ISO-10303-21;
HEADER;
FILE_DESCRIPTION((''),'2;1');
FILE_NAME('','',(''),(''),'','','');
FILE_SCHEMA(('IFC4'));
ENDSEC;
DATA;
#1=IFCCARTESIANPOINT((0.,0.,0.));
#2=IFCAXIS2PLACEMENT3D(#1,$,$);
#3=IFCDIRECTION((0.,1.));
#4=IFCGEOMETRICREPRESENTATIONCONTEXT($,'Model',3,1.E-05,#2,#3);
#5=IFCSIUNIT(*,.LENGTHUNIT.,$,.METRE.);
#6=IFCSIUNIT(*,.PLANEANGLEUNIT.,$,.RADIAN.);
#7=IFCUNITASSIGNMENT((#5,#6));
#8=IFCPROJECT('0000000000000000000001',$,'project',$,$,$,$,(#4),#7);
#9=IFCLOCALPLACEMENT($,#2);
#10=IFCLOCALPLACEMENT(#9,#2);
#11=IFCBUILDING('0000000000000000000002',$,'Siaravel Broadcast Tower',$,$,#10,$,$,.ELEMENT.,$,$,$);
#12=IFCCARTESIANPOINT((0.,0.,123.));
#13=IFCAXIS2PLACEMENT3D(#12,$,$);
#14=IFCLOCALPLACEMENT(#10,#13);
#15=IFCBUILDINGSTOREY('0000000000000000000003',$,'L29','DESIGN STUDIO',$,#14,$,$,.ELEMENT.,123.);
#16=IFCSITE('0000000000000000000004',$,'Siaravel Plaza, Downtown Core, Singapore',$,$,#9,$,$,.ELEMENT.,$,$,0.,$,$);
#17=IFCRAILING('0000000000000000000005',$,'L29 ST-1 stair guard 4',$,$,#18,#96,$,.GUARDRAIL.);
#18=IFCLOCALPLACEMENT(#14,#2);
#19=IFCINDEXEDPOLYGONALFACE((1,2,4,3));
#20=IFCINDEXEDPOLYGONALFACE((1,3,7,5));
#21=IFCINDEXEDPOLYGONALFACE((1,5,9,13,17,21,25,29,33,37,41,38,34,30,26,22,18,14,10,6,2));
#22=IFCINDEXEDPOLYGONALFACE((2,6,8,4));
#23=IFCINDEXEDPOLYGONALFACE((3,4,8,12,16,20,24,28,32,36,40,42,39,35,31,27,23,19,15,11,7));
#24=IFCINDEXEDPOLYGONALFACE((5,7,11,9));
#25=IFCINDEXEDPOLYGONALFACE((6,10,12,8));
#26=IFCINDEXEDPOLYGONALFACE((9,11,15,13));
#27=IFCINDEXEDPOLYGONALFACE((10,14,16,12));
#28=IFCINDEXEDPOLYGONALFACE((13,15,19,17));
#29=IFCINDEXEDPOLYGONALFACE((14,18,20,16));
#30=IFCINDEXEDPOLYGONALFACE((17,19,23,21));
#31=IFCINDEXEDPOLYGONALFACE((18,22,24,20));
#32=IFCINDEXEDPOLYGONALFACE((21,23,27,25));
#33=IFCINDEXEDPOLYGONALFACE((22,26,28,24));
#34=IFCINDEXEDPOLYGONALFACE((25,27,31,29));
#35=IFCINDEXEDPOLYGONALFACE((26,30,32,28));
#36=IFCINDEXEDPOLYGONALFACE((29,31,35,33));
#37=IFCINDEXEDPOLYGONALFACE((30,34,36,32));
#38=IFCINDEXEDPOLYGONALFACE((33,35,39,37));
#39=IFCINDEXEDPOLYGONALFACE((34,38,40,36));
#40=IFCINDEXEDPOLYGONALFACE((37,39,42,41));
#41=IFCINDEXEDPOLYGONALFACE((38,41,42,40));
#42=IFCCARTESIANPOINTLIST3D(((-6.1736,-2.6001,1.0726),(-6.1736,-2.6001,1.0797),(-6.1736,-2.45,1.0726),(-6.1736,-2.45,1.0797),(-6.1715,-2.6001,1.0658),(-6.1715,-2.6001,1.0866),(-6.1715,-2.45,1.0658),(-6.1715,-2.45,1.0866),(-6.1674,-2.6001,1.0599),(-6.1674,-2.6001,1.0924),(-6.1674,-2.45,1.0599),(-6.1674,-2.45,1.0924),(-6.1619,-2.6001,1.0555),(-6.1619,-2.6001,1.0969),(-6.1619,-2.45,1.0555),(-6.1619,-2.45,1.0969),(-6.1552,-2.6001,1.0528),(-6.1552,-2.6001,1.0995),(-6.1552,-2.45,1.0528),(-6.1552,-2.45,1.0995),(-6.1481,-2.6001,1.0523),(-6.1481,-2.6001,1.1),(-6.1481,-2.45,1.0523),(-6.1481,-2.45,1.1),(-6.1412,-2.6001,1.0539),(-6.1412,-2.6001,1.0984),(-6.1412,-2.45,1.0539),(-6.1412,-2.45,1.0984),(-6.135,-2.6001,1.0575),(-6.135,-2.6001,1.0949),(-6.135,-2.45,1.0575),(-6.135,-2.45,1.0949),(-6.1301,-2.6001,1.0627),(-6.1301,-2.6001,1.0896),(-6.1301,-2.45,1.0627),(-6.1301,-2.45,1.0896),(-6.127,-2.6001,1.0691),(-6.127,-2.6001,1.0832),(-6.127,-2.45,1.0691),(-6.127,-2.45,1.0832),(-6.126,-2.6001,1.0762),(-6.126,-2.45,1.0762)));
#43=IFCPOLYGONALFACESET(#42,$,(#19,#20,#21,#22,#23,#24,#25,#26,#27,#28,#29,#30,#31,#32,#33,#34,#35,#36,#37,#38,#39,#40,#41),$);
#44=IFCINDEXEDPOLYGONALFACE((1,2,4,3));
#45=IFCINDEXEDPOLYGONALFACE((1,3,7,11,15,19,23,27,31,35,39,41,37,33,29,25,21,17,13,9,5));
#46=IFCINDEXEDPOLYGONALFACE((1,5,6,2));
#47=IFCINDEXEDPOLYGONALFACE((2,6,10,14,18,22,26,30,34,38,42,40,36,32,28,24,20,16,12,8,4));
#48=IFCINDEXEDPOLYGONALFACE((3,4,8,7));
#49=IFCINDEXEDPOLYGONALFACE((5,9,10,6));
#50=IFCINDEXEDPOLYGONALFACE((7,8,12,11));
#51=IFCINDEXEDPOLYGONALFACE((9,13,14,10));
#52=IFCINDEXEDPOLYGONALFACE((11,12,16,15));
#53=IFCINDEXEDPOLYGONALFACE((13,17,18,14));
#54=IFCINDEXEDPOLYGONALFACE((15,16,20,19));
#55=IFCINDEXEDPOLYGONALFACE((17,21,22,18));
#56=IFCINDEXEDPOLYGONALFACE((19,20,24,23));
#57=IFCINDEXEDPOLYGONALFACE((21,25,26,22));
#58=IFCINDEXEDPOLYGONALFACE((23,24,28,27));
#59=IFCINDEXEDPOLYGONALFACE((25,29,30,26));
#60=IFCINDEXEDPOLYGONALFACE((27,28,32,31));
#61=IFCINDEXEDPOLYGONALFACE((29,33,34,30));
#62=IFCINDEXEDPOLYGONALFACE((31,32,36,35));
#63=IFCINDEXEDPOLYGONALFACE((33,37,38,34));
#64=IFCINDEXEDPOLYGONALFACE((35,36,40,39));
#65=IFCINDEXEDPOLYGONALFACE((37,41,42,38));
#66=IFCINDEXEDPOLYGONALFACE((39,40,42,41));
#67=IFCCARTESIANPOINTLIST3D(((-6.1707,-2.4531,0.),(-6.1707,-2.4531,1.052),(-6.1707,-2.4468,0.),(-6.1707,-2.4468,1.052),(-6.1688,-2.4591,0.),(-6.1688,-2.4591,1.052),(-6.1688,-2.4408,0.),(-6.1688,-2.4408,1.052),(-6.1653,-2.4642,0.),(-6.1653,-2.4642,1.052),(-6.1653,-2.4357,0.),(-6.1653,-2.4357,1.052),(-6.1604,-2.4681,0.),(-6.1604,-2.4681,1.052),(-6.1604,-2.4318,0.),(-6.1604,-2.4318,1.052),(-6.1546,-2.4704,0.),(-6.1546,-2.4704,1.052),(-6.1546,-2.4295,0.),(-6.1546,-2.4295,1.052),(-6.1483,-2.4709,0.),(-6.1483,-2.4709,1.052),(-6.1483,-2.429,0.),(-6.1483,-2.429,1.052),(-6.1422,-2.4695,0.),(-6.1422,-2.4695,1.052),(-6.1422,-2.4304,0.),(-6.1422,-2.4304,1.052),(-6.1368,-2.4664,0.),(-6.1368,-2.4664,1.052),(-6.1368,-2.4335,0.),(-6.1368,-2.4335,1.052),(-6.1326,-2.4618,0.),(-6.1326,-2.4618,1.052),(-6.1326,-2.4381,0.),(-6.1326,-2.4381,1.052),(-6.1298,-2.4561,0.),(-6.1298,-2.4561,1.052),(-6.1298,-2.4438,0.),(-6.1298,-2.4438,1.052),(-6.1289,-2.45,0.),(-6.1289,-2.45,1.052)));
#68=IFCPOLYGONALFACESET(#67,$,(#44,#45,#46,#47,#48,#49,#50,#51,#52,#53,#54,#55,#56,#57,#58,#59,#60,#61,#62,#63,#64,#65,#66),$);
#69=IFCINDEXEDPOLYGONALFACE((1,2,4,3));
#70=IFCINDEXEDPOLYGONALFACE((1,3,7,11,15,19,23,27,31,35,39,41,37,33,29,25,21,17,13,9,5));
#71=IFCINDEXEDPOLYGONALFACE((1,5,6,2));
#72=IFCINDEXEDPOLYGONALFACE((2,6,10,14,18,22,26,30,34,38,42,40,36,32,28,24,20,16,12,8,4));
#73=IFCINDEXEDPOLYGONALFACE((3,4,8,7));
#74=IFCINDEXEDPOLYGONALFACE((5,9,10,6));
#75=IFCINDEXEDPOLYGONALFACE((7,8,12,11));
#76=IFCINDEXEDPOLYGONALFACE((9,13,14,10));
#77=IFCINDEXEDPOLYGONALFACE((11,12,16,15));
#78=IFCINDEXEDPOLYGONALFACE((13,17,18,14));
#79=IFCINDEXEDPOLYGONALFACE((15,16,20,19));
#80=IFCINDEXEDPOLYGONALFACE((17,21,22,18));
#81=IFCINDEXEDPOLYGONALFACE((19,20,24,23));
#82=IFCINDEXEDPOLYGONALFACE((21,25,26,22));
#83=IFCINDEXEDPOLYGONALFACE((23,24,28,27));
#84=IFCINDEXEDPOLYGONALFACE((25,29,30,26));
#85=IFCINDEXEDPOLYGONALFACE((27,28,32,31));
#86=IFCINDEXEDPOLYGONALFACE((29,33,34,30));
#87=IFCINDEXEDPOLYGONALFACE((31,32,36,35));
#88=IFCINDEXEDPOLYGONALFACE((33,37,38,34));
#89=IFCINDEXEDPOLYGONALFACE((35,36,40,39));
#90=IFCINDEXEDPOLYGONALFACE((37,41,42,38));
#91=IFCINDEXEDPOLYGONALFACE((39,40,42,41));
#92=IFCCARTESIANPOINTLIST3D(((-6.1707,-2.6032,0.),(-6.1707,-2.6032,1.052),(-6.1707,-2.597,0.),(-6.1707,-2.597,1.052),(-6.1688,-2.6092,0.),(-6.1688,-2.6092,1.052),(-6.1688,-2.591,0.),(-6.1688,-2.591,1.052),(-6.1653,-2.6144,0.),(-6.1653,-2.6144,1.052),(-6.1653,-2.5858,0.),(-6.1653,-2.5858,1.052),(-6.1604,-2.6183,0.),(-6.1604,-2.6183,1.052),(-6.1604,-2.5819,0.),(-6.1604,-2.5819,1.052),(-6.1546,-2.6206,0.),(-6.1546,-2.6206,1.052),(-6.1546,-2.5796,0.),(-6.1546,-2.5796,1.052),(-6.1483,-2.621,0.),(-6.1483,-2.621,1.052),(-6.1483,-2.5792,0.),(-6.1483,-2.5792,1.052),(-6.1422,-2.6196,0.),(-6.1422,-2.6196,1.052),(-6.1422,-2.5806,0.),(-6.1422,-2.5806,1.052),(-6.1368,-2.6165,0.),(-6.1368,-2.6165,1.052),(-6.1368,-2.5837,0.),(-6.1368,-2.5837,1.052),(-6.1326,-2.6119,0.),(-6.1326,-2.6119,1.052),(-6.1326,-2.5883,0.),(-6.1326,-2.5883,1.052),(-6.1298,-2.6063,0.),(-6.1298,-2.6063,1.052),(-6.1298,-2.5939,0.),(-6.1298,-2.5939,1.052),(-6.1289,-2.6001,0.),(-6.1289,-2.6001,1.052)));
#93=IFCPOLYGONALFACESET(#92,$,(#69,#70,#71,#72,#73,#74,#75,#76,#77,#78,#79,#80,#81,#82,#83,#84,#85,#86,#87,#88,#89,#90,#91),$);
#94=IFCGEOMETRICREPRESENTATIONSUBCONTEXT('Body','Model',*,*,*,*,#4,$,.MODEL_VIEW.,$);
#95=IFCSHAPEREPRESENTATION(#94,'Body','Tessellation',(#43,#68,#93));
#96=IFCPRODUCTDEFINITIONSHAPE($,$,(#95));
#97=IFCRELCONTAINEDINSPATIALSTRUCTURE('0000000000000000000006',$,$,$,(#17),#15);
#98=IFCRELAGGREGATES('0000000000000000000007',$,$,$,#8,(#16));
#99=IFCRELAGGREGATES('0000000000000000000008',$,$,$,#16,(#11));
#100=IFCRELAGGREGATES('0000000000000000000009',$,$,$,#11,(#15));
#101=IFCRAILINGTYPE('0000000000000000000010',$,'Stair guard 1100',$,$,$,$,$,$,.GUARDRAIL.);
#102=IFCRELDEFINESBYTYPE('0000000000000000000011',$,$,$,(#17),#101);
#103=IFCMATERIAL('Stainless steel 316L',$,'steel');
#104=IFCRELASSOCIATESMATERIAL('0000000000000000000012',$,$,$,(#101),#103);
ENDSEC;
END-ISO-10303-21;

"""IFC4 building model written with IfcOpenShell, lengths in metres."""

from ifc_helpers import new_model, si_unit, direction, frame, origin, origin_2d, place, context, subcontext, project, spatial, circle, extrude, material, type_object, element, save


model = new_model("IFC4")

# Units and contexts
model_context = context("Model", 3, precision=1e-05, world=origin(), true_north=direction((0.0, 1.0)))
body_context = subcontext(model_context, "Body", "Model", "MODEL_VIEW")
ifc_project = project(units=[si_unit("LENGTHUNIT", "METRE"), si_unit("PLANEANGLEUNIT", "RADIAN")], contexts=[model_context])

# Site, building, storey
site_placement = place(None, origin())
site = spatial("IfcSite", under=ifc_project, at=site_placement, Name="Siaravel Plaza, Downtown Core, Singapore", CompositionType="ELEMENT", RefElevation=0.0)
building_placement = place(site_placement, origin())
building = spatial("IfcBuilding", under=site, at=building_placement, Name="Siaravel Broadcast Tower", CompositionType="ELEMENT")
storey_placement = place(building_placement, frame((0.0, 0.0, 123.0)))
storey = spatial("IfcBuildingStorey", under=building, at=storey_placement, Name="L29", Description="DESIGN STUDIO", CompositionType="ELEMENT", Elevation=123.0)

# Railing
ifc_material_1 = material(Name="Stainless steel 316L", Category="steel")
railing_type_1 = type_object("IfcRailingType", Name="Stair guard 1100", PredefinedType="GUARDRAIL", material=ifc_material_1)
railing_1_placement = place(storey_placement, frame((-6.1499, -2.45, 0.0)))
element("IfcRailing", 1, at=railing_1_placement, inside=storey, type_object=railing_type_1, Name="L29 ST-1 stair guard 4", PredefinedType="GUARDRAIL", context=body_context, shape_type="SweptSolid", body=[
    extrude(circle(Radius=0.0239, at=origin_2d()), frame((0.0, 0.0, 1.0762), z_axis=(0.0, -1.0, 0.0), x_axis=(1.0, 0.0, 0.0)), (0.0, 0.0, 1.0), 0.1501),
    extrude(circle(Radius=0.021, at=origin_2d()), origin(), (0.0, 0.0, 1.0), 1.052),
    extrude(circle(Radius=0.021, at=origin_2d()), frame((0.0, -0.1501, 0.0)), (0.0, 0.0, 1.0), 1.052),
])

save(model, "model.ifc")
